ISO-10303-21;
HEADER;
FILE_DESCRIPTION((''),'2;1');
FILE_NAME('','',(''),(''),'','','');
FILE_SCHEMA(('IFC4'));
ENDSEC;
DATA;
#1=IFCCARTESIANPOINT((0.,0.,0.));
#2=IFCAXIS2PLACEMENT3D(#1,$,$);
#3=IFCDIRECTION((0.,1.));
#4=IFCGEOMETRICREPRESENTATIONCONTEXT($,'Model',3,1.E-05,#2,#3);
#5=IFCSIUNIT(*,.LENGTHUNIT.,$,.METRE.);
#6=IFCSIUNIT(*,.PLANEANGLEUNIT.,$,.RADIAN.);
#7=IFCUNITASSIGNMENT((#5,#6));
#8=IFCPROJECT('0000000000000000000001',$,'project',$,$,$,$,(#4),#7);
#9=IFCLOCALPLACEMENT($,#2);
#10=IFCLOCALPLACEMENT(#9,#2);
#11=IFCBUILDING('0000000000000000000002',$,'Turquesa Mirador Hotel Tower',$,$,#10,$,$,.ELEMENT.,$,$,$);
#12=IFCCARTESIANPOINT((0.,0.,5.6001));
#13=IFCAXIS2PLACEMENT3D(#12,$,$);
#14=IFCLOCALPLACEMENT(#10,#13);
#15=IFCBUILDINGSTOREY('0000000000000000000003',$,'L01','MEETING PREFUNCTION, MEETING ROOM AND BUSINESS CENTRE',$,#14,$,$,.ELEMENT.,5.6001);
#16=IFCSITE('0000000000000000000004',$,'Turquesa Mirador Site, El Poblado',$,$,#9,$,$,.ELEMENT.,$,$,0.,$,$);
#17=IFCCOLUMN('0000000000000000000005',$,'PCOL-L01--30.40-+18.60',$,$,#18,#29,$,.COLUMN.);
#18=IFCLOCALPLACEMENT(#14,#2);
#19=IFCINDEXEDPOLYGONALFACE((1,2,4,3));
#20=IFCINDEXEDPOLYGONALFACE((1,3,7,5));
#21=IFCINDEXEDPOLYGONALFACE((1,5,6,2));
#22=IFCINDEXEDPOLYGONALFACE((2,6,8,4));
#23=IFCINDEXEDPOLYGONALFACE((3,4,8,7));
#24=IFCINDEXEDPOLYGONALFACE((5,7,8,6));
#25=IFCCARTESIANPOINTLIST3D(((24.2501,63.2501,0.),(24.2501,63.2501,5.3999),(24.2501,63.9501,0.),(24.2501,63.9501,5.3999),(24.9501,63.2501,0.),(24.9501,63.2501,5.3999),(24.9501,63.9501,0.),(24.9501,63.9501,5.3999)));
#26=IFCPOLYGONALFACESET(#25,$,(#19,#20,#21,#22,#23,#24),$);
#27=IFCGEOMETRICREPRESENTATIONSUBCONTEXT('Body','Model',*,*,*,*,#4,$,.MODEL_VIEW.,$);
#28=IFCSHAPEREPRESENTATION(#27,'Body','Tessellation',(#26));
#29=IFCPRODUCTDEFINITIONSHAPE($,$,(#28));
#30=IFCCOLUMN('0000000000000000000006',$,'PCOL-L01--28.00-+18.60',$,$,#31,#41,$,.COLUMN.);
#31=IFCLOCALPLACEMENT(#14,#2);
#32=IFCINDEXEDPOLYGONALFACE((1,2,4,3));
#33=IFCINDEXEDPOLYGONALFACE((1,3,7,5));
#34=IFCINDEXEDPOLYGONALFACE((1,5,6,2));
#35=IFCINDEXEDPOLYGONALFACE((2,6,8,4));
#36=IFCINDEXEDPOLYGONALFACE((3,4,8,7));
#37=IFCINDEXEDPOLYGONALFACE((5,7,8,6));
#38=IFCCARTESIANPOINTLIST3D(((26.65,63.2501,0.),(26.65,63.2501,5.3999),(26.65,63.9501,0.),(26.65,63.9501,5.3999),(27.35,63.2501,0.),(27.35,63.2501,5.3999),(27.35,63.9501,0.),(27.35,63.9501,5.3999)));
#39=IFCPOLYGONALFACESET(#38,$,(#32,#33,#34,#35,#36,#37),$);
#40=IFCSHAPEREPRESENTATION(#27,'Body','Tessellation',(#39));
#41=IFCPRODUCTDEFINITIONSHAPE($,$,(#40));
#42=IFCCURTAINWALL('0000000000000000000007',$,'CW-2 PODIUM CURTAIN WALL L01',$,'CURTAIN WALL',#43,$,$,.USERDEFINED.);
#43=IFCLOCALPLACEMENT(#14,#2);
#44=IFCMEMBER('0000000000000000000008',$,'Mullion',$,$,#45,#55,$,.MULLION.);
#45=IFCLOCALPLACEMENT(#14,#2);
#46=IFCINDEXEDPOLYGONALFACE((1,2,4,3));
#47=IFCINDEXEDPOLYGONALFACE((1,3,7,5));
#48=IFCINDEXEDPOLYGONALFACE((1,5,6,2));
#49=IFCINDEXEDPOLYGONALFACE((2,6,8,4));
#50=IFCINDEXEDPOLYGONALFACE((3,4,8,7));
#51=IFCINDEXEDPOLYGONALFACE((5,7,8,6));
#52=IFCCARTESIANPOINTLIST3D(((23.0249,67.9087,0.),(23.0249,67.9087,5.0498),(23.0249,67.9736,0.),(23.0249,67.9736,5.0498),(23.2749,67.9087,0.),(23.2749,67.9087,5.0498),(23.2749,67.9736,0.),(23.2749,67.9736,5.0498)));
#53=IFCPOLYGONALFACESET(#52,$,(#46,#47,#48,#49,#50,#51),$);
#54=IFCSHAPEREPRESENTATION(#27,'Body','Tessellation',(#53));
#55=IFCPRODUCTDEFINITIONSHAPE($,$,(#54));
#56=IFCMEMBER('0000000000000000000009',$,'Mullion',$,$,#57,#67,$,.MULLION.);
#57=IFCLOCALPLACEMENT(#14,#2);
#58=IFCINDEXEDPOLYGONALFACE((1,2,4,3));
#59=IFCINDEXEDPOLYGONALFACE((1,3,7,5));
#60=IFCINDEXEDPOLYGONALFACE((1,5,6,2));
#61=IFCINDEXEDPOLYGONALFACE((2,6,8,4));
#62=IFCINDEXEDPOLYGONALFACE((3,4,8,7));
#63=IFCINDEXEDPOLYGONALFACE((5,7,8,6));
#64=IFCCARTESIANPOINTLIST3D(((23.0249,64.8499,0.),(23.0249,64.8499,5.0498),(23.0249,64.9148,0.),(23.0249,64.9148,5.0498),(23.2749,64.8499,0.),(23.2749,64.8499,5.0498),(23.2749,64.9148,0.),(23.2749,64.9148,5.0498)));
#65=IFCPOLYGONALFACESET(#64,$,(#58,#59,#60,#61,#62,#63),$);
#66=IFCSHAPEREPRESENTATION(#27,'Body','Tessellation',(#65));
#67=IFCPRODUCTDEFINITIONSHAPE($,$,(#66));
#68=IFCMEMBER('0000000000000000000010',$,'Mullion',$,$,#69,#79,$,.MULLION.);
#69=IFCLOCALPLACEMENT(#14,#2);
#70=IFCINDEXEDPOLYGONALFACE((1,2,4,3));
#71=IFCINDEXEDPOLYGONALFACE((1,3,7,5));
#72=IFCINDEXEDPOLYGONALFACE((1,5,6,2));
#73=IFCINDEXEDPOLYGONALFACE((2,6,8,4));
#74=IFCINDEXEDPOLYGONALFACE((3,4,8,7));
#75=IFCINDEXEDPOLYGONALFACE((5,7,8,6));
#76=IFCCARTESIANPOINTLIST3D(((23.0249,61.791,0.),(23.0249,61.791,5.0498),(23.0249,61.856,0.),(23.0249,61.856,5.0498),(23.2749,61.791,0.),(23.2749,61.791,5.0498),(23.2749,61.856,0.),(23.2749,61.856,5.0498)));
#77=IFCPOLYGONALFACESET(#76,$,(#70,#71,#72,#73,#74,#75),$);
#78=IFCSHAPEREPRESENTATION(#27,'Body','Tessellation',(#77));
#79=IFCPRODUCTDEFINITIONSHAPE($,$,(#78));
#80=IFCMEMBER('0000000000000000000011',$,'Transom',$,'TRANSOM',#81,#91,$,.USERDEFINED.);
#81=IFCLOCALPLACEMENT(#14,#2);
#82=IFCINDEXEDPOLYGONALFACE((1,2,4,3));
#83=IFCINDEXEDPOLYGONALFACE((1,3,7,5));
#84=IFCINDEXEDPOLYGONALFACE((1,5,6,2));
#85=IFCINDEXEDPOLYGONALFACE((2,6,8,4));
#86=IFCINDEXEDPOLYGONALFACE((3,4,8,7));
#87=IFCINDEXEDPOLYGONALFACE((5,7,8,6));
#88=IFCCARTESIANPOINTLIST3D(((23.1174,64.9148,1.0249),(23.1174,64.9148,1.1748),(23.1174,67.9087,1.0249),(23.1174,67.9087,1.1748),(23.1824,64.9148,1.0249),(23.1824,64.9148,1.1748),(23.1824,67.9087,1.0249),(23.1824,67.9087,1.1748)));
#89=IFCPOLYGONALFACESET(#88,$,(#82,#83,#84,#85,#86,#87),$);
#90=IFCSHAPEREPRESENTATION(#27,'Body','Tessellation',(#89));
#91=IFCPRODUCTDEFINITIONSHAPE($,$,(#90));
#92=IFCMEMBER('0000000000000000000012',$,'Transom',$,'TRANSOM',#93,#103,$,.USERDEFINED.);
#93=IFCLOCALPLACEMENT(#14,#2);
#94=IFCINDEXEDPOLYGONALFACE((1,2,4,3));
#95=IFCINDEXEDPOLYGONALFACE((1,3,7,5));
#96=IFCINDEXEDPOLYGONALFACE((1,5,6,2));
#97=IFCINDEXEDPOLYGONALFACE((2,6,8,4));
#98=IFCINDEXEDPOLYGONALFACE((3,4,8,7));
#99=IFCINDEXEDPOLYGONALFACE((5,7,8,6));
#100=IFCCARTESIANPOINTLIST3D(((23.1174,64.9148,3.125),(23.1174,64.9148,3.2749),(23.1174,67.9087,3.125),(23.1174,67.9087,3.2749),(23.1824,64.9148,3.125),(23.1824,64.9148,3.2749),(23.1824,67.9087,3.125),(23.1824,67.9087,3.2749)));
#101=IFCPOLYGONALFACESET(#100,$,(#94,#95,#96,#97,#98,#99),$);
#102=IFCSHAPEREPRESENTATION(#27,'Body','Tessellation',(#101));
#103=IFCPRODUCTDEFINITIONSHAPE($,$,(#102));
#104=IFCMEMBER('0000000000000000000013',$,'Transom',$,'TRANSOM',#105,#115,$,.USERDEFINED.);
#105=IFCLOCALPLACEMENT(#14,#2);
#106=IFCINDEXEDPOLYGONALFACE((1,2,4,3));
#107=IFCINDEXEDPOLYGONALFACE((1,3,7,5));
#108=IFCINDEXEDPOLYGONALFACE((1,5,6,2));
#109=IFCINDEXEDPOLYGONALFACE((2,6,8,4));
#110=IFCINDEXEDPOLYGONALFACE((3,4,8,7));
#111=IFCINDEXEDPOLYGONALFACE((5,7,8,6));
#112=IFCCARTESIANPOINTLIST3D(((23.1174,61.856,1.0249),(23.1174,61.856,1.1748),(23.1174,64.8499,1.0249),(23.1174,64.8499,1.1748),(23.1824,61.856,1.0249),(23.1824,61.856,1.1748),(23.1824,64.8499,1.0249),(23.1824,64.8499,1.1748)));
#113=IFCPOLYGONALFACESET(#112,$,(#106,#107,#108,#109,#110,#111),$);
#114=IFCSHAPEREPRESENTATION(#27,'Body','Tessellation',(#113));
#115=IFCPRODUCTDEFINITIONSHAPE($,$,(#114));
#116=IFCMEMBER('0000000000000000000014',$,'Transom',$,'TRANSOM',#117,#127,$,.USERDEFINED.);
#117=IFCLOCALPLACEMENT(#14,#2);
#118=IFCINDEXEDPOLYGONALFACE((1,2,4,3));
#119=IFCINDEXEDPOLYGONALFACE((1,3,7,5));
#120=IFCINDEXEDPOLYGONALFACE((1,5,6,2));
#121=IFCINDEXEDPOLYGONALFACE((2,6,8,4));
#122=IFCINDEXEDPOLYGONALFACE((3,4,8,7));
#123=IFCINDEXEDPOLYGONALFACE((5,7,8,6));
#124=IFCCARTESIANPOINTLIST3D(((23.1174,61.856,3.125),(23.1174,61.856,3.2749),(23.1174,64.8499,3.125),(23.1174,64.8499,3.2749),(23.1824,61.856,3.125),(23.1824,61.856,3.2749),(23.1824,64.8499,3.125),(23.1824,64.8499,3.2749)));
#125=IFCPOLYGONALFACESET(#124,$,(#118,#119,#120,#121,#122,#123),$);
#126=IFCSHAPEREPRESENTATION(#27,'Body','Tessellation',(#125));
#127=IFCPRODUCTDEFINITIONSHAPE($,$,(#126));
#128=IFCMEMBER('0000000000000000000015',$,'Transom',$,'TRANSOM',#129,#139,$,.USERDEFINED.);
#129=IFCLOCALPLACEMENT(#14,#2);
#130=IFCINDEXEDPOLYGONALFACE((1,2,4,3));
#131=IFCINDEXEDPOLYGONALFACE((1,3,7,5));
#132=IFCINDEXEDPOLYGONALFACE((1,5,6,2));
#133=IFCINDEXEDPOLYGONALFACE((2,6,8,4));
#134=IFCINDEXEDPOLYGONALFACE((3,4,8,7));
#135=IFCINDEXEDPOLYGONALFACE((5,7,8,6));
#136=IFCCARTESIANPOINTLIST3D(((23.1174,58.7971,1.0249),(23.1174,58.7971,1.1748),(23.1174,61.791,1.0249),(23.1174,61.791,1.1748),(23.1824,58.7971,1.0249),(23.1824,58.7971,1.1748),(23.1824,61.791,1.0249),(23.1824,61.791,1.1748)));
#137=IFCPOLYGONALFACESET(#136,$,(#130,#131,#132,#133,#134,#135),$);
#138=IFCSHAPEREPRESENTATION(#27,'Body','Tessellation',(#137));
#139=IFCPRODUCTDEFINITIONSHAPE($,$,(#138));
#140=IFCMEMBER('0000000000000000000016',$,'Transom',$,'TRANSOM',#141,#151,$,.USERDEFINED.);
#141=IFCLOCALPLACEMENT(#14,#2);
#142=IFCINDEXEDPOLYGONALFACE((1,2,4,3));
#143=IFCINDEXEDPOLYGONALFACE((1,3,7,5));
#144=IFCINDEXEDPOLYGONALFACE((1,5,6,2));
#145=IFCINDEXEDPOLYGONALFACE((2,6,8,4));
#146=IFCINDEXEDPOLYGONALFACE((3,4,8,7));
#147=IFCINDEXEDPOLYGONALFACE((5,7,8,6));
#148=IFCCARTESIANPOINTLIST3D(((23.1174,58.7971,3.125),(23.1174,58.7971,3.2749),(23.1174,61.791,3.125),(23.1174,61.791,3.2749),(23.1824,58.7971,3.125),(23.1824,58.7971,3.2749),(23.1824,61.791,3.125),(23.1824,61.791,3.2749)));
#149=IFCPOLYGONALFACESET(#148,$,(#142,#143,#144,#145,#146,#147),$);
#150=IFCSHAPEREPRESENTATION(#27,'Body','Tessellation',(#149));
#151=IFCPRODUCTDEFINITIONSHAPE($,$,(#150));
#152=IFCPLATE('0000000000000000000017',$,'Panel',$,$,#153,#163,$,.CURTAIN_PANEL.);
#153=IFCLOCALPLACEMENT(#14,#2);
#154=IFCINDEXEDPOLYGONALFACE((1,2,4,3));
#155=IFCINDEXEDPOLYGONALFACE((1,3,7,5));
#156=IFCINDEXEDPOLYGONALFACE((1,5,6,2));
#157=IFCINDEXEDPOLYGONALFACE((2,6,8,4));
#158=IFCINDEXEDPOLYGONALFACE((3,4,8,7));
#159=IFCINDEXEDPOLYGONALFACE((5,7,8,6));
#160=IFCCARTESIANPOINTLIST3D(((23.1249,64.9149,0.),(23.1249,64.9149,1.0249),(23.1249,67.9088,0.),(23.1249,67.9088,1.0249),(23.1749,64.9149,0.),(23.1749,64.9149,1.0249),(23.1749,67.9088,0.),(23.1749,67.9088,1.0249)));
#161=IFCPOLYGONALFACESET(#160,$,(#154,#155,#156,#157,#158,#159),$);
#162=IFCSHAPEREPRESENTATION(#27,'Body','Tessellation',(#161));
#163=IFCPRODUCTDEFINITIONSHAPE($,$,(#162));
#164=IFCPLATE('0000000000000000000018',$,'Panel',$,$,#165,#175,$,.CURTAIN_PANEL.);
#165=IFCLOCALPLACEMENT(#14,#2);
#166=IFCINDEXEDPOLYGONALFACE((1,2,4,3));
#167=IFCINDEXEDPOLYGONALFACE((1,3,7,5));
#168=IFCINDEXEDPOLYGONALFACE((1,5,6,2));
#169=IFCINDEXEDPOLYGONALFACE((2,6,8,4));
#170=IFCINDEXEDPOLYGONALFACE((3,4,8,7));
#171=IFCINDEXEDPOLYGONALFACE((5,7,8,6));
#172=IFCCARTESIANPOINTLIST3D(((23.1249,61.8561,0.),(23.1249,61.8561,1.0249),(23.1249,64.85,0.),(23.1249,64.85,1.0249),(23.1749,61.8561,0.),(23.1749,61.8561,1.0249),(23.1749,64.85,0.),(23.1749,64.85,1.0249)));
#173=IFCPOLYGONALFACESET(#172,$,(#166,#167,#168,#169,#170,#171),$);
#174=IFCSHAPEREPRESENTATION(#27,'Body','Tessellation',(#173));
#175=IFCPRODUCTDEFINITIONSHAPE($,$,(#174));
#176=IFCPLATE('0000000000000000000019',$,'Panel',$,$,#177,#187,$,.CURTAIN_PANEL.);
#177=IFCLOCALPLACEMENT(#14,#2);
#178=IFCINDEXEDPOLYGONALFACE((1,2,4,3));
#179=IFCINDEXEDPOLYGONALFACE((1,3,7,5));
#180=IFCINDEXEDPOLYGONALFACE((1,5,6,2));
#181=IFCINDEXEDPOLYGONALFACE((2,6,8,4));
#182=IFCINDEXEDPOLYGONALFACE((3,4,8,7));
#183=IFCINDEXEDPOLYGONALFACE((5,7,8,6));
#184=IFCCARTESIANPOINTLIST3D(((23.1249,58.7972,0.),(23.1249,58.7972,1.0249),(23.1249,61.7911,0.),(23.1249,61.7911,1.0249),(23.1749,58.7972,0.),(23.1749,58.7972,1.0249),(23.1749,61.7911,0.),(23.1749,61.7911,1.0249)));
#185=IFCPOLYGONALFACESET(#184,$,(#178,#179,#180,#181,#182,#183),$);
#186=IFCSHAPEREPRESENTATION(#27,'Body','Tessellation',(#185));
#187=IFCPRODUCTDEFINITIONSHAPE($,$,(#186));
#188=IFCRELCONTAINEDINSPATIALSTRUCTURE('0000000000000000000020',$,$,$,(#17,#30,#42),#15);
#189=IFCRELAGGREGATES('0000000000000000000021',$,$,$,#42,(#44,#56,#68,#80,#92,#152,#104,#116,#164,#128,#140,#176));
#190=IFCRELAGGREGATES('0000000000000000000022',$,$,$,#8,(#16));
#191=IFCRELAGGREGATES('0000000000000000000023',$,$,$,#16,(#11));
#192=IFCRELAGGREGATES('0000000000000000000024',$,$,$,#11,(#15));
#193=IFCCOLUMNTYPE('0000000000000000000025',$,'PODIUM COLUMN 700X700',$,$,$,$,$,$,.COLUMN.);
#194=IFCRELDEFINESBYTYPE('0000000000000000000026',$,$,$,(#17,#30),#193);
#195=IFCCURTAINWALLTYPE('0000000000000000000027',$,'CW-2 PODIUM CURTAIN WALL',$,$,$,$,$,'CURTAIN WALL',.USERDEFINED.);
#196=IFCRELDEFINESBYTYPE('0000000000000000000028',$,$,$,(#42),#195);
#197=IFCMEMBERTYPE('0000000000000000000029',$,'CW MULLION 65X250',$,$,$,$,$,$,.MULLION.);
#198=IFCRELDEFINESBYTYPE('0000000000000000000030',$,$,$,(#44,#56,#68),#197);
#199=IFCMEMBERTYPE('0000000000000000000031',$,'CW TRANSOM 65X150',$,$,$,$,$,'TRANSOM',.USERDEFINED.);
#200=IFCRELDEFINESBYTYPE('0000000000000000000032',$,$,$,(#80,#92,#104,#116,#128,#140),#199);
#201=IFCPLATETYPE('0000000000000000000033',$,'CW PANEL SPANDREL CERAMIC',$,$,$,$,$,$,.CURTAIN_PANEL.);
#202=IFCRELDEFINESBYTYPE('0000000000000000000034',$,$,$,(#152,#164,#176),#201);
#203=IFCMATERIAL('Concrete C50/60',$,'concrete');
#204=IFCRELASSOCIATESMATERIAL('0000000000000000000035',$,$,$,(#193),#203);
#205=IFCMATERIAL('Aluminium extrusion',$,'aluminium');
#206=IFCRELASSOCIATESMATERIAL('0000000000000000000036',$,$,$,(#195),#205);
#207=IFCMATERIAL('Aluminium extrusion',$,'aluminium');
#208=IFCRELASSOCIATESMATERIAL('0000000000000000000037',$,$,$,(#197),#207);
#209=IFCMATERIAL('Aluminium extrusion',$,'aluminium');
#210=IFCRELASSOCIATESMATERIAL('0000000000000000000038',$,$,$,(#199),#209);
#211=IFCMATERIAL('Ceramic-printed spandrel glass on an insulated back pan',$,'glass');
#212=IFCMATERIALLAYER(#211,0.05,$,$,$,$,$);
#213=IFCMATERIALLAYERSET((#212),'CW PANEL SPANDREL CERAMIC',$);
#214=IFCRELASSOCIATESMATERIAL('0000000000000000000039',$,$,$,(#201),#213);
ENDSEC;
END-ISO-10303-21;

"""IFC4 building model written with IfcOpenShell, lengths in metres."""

from ifc_helpers import new_model, si_unit, direction, frame, origin, origin_2d, place, context, subcontext, project, spatial, rectangle, extrude, material, layer, layer_set, material_profile, profile_set, type_object, element, aggregate, save


model = new_model("IFC4")

# Units and contexts
model_context = context("Model", 3, precision=1e-05, world=origin(), true_north=direction((0.0, 1.0)))
body_context = subcontext(model_context, "Body", "Model", "MODEL_VIEW")
ifc_project = project(units=[si_unit("LENGTHUNIT", "METRE"), si_unit("PLANEANGLEUNIT", "RADIAN")], contexts=[model_context])

# Site, building, storey
site_placement = place(None, origin())
site = spatial("IfcSite", under=ifc_project, at=site_placement, Name="Turquesa Mirador Site, El Poblado", CompositionType="ELEMENT", RefElevation=0.0)
building_placement = place(site_placement, origin())
building = spatial("IfcBuilding", under=site, at=building_placement, Name="Turquesa Mirador Hotel Tower", CompositionType="ELEMENT")
storey_placement = place(building_placement, frame((0.0, 0.0, 5.6001)))
storey = spatial("IfcBuildingStorey", under=building, at=storey_placement, Name="L01", Description="MEETING PREFUNCTION, MEETING ROOM AND BUSINESS CENTRE", CompositionType="ELEMENT", Elevation=5.6001)

# Columns
ifc_material_1 = material(Name="Concrete C50/60", Category="concrete")
ifc_material_profile_1 = material_profile(ifc_material_1, rectangle(XDim=0.7, YDim=0.7, at=origin_2d()), Name="RC 700X700")
ifc_profile_set_1 = profile_set([ifc_material_profile_1], Name="Concrete C50/60")
column_type = type_object("IfcColumnType", Name="PODIUM COLUMN 700X700", PredefinedType="COLUMN", material=ifc_profile_set_1)
for number, where, z_axis, x_axis, name in (
    (1, (24.6001, 63.6001, 0.0), (0.0, 0.0, 1.0), (1.0, 0.0, 0.0), "PCOL-L01--30.40-+18.60"),
    (2, (27.0, 63.6001, 0.0), (0.0, 0.0, 1.0), (1.0, 0.0, 0.0), "PCOL-L01--28.00-+18.60"),
):
    element("IfcColumn", number, at=place(storey_placement, frame(where, z_axis=z_axis, x_axis=x_axis)), inside=storey, type_object=column_type, Name=name, PredefinedType="COLUMN", context=body_context, shape_type="SweptSolid", body=[
        extrude(rectangle(XDim=0.7, YDim=0.7, at=origin_2d()), origin(), (0.0, 0.0, 1.0), 5.3999),
    ])

# Curtain wall, members, plates
ifc_material_2 = material(Name="Aluminium extrusion", Category="aluminium")
curtain_wall_type = type_object("IfcCurtainWallType", Name="CW-2 PODIUM CURTAIN WALL", ElementType="CURTAIN WALL", PredefinedType="USERDEFINED", material=ifc_material_2)
curtain_wall_placement = place(storey_placement, origin())
curtain_wall = element("IfcCurtainWall", 3, at=curtain_wall_placement, inside=storey, type_object=curtain_wall_type, Name="CW-2 PODIUM CURTAIN WALL L01", ObjectType="CURTAIN WALL", PredefinedType="USERDEFINED")
ifc_material_3 = material(Name="Aluminium extrusion", Category="aluminium")
ifc_material_profile_2 = material_profile(ifc_material_3, rectangle(XDim=0.0649, YDim=0.25, at=origin_2d()), Name="MULLION 65X250")
ifc_profile_set_2 = profile_set([ifc_material_profile_2], Name="Aluminium extrusion")
member_type_1 = type_object("IfcMemberType", Name="CW MULLION 65X250", PredefinedType="MULLION", material=ifc_profile_set_2)
member_1_placement = place(storey_placement, frame((23.1499, 67.9412, 0.0), z_axis=(0.0, 0.0, 1.0), x_axis=(0.0, -1.0, 0.0)))
member_1 = element("IfcMember", 4, at=member_1_placement, type_object=member_type_1, Name="Mullion", PredefinedType="MULLION", context=body_context, shape_type="SweptSolid", body=[
    extrude(rectangle(XDim=0.0649, YDim=0.25, at=origin_2d()), origin(), (0.0, 0.0, 1.0), 5.0498),
])
member_2_placement = place(storey_placement, frame((23.1499, 64.8823, 0.0), z_axis=(0.0, 0.0, 1.0), x_axis=(0.0, -1.0, 0.0)))
member_2 = element("IfcMember", 5, at=member_2_placement, type_object=member_type_1, Name="Mullion", PredefinedType="MULLION", context=body_context, shape_type="SweptSolid", body=[
    extrude(rectangle(XDim=0.0649, YDim=0.25, at=origin_2d()), origin(), (0.0, 0.0, 1.0), 5.0498),
])
member_3_placement = place(storey_placement, frame((23.1499, 61.8235, 0.0), z_axis=(0.0, 0.0, 1.0), x_axis=(0.0, -1.0, 0.0)))
member_3 = element("IfcMember", 6, at=member_3_placement, type_object=member_type_1, Name="Mullion", PredefinedType="MULLION", context=body_context, shape_type="SweptSolid", body=[
    extrude(rectangle(XDim=0.0649, YDim=0.25, at=origin_2d()), origin(), (0.0, 0.0, 1.0), 5.0498),
])
ifc_material_4 = material(Name="Aluminium extrusion", Category="aluminium")
ifc_material_profile_3 = material_profile(ifc_material_4, rectangle(XDim=0.0649, YDim=0.1499, at=origin_2d()), Name="TRANSOM 65X150")
ifc_profile_set_3 = profile_set([ifc_material_profile_3], Name="Aluminium extrusion")
member_type_2 = type_object("IfcMemberType", Name="CW TRANSOM 65X150", ElementType="TRANSOM", PredefinedType="USERDEFINED", material=ifc_profile_set_3)
member_4_placement = place(storey_placement, frame((23.1499, 67.9087, 1.0999), z_axis=(0.0, -1.0, 0.0), x_axis=(1.0, 0.0, 0.0)))
member_4 = element("IfcMember", 7, at=member_4_placement, type_object=member_type_2, Name="Transom", ObjectType="TRANSOM", PredefinedType="USERDEFINED", context=body_context, shape_type="SweptSolid", body=[
    extrude(rectangle(XDim=0.0649, YDim=0.1499, at=origin_2d()), origin(), (0.0, 0.0, 1.0), 2.9939),
])
member_5_placement = place(storey_placement, frame((23.1499, 67.9087, 3.2), z_axis=(0.0, -1.0, 0.0), x_axis=(1.0, 0.0, 0.0)))
member_5 = element("IfcMember", 8, at=member_5_placement, type_object=member_type_2, Name="Transom", ObjectType="TRANSOM", PredefinedType="USERDEFINED", context=body_context, shape_type="SweptSolid", body=[
    extrude(rectangle(XDim=0.0649, YDim=0.1499, at=origin_2d()), origin(), (0.0, 0.0, 1.0), 2.9939),
])
member_6_placement = place(storey_placement, frame((23.1499, 64.8499, 1.0999), z_axis=(0.0, -1.0, 0.0), x_axis=(1.0, 0.0, 0.0)))
member_6 = element("IfcMember", 9, at=member_6_placement, type_object=member_type_2, Name="Transom", ObjectType="TRANSOM", PredefinedType="USERDEFINED", context=body_context, shape_type="SweptSolid", body=[
    extrude(rectangle(XDim=0.0649, YDim=0.1499, at=origin_2d()), origin(), (0.0, 0.0, 1.0), 2.9939),
])
member_7_placement = place(storey_placement, frame((23.1499, 64.8499, 3.2), z_axis=(0.0, -1.0, 0.0), x_axis=(1.0, 0.0, 0.0)))
member_7 = element("IfcMember", 10, at=member_7_placement, type_object=member_type_2, Name="Transom", ObjectType="TRANSOM", PredefinedType="USERDEFINED", context=body_context, shape_type="SweptSolid", body=[
    extrude(rectangle(XDim=0.0649, YDim=0.1499, at=origin_2d()), origin(), (0.0, 0.0, 1.0), 2.9939),
])
member_8_placement = place(storey_placement, frame((23.1499, 61.791, 1.0999), z_axis=(0.0, -1.0, 0.0), x_axis=(1.0, 0.0, 0.0)))
member_8 = element("IfcMember", 11, at=member_8_placement, type_object=member_type_2, Name="Transom", ObjectType="TRANSOM", PredefinedType="USERDEFINED", context=body_context, shape_type="SweptSolid", body=[
    extrude(rectangle(XDim=0.0649, YDim=0.1499, at=origin_2d()), origin(), (0.0, 0.0, 1.0), 2.9939),
])
member_9_placement = place(storey_placement, frame((23.1499, 61.791, 3.2), z_axis=(0.0, -1.0, 0.0), x_axis=(1.0, 0.0, 0.0)))
member_9 = element("IfcMember", 12, at=member_9_placement, type_object=member_type_2, Name="Transom", ObjectType="TRANSOM", PredefinedType="USERDEFINED", context=body_context, shape_type="SweptSolid", body=[
    extrude(rectangle(XDim=0.0649, YDim=0.1499, at=origin_2d()), origin(), (0.0, 0.0, 1.0), 2.9939),
])
ifc_material_5 = material(Name="Ceramic-printed spandrel glass on an insulated back pan", Category="glass")
ifc_layer_1 = layer(ifc_material_5, 0.05)
ifc_layer_set_1 = layer_set([ifc_layer_1], Name="CW PANEL SPANDREL CERAMIC")
plate_type_1 = type_object("IfcPlateType", Name="CW PANEL SPANDREL CERAMIC", PredefinedType="CURTAIN_PANEL", material=ifc_layer_set_1)
plate_1_placement = place(storey_placement, frame((23.1499, 66.4119, 0.0), z_axis=(0.0, 0.0, 1.0), x_axis=(0.0, -1.0, 0.0)))
plate_1 = element("IfcPlate", 13, at=plate_1_placement, type_object=plate_type_1, Name="Panel", PredefinedType="CURTAIN_PANEL", context=body_context, shape_type="SweptSolid", body=[
    extrude(rectangle(XDim=2.9939, YDim=0.05, at=origin_2d()), origin(), (0.0, 0.0, 1.0), 1.0249),
])
plate_2_placement = place(storey_placement, frame((23.1499, 63.353, 0.0), z_axis=(0.0, 0.0, 1.0), x_axis=(0.0, -1.0, 0.0)))
plate_2 = element("IfcPlate", 14, at=plate_2_placement, type_object=plate_type_1, Name="Panel", PredefinedType="CURTAIN_PANEL", context=body_context, shape_type="SweptSolid", body=[
    extrude(rectangle(XDim=2.9939, YDim=0.05, at=origin_2d()), origin(), (0.0, 0.0, 1.0), 1.0249),
])
plate_3_placement = place(storey_placement, frame((23.1499, 60.2942, 0.0), z_axis=(0.0, 0.0, 1.0), x_axis=(0.0, -1.0, 0.0)))
plate_3 = element("IfcPlate", 15, at=plate_3_placement, type_object=plate_type_1, Name="Panel", PredefinedType="CURTAIN_PANEL", context=body_context, shape_type="SweptSolid", body=[
    extrude(rectangle(XDim=2.9939, YDim=0.05, at=origin_2d()), origin(), (0.0, 0.0, 1.0), 1.0249),
])
aggregate(curtain_wall, [member_1, member_2, member_3, member_4, member_5, plate_1, member_6, member_7, plate_2, member_8, member_9, plate_3])

save(model, "model.ifc")
